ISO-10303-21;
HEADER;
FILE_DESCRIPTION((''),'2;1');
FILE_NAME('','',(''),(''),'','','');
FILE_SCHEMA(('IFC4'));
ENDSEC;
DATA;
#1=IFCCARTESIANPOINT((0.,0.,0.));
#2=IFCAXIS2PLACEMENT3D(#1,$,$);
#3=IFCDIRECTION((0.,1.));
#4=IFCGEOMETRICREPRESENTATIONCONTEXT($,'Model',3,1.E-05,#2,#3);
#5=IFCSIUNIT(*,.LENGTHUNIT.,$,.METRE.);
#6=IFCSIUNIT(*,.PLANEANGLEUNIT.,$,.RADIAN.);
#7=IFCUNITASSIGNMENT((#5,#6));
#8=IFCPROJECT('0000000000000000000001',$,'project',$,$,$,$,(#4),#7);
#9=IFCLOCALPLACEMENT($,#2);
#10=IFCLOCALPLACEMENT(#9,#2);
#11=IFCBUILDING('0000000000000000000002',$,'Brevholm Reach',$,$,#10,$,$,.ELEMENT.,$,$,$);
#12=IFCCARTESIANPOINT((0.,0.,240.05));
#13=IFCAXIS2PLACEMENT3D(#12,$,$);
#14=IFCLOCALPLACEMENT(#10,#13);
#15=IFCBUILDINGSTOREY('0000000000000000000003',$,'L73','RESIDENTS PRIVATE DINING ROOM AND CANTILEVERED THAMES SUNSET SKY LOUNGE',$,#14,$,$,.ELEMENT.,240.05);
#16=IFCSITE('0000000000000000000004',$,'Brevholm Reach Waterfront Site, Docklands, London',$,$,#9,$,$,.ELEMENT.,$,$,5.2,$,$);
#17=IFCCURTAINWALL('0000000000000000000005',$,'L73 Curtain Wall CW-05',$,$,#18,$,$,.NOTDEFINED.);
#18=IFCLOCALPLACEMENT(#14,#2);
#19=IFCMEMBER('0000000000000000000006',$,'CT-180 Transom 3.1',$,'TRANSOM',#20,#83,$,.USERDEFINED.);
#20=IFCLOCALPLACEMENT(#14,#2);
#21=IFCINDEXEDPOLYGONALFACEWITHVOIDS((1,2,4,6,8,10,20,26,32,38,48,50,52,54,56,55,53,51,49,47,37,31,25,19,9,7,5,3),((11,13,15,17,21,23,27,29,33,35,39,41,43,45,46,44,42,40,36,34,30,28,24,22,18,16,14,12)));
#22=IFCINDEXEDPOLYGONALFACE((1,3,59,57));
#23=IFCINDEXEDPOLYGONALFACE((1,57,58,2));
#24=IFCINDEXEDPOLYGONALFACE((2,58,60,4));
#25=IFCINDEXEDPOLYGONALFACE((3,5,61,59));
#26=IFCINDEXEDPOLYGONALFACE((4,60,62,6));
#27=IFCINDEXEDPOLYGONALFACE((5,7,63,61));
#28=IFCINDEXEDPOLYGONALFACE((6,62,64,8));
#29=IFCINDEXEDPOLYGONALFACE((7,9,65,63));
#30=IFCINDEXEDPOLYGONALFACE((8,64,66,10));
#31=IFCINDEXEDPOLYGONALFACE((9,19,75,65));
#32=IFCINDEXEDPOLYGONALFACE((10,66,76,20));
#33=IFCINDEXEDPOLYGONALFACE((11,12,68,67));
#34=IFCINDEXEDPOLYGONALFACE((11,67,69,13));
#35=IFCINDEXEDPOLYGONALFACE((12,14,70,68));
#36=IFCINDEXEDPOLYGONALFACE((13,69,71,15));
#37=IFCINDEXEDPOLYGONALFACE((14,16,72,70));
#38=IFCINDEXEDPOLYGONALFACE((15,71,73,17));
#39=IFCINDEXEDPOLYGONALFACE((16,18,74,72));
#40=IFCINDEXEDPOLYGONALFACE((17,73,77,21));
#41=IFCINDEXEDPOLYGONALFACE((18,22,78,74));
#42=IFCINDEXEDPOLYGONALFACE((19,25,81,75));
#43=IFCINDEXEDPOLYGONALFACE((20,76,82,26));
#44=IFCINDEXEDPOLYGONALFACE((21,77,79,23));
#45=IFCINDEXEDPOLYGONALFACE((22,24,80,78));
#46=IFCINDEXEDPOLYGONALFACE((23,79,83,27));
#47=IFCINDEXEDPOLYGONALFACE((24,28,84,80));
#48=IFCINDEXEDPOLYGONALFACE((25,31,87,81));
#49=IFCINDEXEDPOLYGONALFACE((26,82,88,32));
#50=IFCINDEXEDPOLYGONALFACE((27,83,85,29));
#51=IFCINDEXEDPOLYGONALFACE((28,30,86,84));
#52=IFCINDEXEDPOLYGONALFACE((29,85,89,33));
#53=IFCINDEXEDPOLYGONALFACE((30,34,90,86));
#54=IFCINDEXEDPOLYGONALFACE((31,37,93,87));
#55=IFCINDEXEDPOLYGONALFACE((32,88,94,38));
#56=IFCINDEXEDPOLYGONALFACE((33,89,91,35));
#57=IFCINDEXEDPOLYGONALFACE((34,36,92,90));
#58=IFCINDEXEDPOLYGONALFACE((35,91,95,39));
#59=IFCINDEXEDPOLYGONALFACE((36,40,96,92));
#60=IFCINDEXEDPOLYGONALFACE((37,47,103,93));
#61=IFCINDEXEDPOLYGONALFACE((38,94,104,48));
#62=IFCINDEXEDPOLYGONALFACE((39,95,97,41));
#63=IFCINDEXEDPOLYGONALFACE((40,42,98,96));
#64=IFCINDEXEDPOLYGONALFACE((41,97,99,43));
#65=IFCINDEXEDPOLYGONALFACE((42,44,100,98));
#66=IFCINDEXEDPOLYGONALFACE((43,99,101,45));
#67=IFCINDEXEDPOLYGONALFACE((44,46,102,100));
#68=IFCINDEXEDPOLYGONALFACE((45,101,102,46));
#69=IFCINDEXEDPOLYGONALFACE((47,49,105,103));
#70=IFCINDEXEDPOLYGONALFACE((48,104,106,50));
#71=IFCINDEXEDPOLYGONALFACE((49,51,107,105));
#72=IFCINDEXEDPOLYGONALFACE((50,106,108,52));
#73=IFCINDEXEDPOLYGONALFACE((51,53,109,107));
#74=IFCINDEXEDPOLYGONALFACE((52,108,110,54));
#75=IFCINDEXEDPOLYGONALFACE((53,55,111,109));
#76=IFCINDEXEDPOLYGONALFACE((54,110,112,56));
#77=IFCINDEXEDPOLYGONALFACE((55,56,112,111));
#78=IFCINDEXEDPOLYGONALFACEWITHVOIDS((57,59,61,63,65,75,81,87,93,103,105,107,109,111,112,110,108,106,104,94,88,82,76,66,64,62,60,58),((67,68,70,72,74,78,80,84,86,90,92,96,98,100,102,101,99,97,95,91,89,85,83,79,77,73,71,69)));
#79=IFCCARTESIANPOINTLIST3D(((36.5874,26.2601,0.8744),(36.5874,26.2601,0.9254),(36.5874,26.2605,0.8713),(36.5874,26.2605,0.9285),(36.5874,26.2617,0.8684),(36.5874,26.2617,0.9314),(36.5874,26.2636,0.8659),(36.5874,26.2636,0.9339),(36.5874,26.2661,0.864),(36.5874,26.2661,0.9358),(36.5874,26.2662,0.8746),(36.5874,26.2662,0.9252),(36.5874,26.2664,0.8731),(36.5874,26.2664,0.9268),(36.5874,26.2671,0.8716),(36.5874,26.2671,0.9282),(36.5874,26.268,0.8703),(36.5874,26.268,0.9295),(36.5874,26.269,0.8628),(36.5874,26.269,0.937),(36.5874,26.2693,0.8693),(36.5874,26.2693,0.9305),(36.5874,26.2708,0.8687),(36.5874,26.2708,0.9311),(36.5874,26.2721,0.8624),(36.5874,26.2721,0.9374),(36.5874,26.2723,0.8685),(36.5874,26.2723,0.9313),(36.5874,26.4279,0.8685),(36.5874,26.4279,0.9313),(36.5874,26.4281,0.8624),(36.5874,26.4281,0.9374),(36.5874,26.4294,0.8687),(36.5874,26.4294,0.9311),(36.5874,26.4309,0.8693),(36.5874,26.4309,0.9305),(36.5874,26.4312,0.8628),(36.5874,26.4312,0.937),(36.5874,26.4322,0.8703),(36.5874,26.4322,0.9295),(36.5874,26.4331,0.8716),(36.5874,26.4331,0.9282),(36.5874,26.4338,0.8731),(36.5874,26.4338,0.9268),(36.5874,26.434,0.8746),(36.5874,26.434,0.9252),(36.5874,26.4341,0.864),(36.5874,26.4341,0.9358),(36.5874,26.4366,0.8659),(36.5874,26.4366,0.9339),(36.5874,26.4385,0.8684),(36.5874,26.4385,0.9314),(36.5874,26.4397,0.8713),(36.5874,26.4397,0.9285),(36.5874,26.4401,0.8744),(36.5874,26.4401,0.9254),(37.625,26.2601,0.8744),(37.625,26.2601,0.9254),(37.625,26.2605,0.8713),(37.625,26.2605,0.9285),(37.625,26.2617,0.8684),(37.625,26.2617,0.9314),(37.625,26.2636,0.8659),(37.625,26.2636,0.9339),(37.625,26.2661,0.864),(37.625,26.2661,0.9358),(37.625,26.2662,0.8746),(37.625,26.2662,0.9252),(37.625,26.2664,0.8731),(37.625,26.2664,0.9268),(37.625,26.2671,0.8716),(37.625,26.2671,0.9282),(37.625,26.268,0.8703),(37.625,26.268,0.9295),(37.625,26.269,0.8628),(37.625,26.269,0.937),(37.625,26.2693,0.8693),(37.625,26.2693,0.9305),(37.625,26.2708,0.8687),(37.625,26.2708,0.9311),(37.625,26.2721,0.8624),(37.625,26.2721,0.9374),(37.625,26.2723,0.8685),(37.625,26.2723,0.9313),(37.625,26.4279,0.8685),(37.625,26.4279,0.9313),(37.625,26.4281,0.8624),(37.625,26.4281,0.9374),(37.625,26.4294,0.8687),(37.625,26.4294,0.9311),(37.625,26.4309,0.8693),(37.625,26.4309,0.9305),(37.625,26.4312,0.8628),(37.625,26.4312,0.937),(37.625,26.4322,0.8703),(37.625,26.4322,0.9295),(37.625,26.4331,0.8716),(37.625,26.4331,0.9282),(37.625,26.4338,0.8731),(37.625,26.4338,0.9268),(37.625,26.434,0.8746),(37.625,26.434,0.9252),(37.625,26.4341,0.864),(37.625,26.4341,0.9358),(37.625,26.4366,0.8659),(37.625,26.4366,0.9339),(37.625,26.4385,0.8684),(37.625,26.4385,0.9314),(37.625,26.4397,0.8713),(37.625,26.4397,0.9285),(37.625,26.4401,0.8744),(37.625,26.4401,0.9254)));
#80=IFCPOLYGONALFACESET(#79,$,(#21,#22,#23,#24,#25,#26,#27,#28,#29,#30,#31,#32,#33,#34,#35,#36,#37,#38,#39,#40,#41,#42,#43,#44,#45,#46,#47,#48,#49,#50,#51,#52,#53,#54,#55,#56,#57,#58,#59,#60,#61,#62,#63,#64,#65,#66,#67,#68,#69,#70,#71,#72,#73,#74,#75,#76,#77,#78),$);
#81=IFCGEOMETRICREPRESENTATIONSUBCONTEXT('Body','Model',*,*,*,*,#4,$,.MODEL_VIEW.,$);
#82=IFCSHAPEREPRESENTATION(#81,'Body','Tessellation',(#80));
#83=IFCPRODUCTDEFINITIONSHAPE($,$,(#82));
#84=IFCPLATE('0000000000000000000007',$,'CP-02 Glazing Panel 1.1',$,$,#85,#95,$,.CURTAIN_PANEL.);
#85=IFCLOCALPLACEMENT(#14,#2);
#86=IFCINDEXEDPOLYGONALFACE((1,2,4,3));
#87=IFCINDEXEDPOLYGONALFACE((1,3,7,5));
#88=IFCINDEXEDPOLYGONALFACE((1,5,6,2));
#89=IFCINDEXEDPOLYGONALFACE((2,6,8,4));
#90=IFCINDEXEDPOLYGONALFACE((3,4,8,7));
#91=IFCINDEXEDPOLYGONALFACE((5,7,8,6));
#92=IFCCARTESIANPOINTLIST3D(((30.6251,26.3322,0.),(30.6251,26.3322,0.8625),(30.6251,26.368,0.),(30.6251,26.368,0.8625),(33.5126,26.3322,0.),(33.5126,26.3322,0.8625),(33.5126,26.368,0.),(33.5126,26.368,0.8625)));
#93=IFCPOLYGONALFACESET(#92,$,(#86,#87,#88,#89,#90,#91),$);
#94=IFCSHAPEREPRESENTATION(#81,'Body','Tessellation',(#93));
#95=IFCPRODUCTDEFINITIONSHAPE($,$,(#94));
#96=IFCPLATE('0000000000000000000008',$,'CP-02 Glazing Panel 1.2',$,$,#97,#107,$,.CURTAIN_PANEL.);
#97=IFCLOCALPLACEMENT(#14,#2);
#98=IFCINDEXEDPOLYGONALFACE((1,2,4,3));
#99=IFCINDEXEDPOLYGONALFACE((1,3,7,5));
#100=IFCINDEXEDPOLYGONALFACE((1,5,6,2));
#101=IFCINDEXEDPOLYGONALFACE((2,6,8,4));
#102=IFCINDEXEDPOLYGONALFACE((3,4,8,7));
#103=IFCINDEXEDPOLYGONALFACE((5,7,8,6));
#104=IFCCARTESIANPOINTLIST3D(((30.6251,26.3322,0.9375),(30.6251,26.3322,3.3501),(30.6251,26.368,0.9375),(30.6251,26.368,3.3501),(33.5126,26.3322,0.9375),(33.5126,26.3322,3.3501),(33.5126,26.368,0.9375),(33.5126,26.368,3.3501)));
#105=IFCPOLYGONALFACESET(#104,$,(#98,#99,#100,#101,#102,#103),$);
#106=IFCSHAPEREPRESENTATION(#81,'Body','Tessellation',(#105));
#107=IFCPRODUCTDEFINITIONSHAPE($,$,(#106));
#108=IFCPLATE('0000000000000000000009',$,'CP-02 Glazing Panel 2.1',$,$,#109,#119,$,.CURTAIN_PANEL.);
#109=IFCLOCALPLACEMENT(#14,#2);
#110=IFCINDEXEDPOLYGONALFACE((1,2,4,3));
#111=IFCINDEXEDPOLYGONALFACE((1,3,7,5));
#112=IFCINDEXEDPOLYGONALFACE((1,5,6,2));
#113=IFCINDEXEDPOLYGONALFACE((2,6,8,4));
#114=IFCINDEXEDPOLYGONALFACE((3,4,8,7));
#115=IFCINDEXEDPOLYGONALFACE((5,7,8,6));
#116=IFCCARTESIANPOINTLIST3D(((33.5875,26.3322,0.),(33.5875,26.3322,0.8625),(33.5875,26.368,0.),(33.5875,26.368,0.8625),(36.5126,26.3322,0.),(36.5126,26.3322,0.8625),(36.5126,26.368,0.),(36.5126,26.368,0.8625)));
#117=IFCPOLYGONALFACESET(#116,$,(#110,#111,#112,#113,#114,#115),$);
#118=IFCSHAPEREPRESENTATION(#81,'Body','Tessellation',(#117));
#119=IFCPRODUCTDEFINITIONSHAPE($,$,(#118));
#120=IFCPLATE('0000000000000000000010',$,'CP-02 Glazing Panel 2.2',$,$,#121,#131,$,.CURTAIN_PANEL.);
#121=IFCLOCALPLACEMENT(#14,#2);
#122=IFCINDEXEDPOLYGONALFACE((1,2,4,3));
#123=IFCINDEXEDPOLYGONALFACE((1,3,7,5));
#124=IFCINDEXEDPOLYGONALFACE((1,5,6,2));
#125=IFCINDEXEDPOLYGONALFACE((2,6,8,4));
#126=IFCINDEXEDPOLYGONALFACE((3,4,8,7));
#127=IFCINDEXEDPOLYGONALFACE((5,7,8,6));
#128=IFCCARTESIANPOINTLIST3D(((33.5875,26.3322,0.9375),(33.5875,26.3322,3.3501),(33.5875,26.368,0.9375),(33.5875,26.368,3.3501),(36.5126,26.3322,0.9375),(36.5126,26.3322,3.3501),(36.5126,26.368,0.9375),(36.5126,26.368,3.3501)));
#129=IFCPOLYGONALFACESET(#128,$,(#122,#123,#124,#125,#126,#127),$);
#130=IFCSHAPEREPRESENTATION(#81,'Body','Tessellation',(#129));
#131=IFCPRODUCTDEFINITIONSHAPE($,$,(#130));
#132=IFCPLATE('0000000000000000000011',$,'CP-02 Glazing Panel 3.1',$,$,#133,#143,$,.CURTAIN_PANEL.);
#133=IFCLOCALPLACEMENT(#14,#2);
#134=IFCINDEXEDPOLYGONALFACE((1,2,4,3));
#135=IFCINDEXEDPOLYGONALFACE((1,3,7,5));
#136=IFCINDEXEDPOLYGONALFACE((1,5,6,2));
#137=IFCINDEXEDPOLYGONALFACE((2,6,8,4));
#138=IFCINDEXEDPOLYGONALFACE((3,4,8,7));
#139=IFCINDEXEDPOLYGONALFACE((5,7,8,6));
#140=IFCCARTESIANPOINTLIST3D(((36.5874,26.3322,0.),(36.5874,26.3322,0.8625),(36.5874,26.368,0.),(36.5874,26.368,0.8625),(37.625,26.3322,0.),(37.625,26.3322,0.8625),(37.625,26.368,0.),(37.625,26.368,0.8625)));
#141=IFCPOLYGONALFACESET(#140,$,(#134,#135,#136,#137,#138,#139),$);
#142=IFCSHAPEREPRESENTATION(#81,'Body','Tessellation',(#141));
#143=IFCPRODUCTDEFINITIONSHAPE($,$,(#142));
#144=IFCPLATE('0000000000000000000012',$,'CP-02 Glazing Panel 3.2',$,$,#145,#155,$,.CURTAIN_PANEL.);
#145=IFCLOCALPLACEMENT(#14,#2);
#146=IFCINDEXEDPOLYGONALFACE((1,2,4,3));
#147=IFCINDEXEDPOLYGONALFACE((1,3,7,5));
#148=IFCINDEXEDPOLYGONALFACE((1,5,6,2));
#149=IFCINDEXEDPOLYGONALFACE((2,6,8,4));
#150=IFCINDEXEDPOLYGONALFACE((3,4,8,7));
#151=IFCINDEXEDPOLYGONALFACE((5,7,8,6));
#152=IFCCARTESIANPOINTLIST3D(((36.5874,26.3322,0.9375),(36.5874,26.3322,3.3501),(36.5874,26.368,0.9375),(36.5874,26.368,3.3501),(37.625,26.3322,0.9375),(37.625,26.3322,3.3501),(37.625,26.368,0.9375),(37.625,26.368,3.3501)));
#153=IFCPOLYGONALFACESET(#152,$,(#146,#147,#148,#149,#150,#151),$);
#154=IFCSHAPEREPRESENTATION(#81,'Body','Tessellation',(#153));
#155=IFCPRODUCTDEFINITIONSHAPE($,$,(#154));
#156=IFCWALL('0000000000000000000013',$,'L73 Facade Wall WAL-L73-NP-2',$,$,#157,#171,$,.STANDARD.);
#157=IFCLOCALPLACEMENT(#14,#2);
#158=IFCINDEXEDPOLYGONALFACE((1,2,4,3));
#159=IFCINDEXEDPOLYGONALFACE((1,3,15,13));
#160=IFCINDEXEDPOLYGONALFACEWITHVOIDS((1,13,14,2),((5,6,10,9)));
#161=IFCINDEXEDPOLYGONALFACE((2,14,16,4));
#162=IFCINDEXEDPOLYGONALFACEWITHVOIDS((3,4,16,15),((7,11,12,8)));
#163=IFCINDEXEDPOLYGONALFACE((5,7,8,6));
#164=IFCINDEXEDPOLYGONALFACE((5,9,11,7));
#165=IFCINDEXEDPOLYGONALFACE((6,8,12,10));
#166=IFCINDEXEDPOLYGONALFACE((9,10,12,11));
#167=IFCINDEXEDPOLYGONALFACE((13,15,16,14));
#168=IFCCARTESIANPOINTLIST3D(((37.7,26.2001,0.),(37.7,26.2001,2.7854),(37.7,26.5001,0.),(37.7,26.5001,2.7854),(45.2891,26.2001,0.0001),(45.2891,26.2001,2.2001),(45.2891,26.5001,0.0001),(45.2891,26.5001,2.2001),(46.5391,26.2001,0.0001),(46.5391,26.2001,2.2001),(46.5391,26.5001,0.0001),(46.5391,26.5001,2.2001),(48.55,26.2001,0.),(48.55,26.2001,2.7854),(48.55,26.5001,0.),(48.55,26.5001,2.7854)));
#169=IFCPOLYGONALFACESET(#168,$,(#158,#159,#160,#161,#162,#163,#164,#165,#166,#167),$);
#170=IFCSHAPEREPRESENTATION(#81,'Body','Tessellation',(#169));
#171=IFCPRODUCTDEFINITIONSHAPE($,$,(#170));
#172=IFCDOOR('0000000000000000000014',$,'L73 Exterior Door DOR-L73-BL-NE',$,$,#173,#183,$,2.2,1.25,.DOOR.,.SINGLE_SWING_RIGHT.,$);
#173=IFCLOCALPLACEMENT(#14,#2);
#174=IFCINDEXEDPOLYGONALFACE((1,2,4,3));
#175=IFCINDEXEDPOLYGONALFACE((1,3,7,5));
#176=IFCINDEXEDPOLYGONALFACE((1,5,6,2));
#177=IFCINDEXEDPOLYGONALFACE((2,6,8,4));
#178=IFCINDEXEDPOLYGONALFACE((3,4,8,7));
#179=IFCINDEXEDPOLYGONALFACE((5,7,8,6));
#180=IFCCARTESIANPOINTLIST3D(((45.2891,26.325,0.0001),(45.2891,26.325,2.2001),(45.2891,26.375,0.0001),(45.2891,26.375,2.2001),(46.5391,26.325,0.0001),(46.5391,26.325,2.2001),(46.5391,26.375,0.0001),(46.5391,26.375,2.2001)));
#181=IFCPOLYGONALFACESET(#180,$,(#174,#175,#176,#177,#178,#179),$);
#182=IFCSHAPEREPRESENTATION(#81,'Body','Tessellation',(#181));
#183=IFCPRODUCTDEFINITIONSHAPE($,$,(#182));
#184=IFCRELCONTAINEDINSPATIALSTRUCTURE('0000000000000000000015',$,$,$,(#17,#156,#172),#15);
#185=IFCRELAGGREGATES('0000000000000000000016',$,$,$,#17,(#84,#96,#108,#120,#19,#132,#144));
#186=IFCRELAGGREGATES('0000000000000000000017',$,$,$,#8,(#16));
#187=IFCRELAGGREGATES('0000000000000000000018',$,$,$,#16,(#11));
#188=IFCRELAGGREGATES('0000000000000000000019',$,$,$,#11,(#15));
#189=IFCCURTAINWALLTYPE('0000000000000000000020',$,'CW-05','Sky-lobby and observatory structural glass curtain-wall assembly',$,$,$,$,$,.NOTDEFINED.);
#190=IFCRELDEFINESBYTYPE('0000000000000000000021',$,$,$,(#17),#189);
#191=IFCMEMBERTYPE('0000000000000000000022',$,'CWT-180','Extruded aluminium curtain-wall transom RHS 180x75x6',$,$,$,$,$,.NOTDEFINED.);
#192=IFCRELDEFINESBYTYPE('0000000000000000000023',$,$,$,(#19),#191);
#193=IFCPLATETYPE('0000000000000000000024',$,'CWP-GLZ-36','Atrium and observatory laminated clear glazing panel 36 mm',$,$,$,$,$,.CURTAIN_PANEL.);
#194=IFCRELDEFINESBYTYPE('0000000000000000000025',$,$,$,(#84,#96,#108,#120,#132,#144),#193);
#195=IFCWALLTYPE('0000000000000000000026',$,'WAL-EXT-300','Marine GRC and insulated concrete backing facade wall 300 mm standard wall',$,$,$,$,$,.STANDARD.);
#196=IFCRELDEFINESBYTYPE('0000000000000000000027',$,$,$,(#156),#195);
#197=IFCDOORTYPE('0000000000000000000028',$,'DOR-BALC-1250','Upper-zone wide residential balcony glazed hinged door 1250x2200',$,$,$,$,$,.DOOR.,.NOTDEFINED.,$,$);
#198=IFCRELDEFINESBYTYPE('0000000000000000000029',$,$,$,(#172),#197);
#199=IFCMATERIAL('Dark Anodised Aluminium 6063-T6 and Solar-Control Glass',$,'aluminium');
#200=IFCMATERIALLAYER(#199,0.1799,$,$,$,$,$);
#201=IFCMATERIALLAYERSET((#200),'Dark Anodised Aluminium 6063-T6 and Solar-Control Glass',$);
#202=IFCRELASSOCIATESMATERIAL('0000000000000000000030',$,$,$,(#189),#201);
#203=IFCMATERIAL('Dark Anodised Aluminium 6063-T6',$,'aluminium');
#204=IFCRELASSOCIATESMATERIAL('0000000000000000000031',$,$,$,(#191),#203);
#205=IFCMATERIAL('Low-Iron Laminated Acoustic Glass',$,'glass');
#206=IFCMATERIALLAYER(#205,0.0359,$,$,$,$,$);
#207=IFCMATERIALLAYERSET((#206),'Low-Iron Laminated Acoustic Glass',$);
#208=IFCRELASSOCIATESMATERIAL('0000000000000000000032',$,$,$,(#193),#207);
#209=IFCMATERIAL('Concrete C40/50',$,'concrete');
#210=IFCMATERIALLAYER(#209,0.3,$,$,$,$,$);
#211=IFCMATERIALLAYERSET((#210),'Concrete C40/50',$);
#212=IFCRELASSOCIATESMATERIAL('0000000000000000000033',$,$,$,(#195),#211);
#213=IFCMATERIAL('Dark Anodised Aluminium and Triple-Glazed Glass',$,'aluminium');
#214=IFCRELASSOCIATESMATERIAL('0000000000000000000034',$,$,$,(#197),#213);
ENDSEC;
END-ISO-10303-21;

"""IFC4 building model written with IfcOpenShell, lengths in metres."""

from ifc_helpers import new_model, si_unit, direction, frame, frame_2d, origin, origin_2d, place, context, subcontext, project, spatial, rectangle, hollow_rectangle, extrude, material, layer, layer_set, material_profile, profile_set, type_object, element, fill, aggregate, save


model = new_model("IFC4")

# Units and contexts
model_context = context("Model", 3, precision=1e-05, world=origin(), true_north=direction((0.0, 1.0)))
body_context = subcontext(model_context, "Body", "Model", "MODEL_VIEW")
ifc_project = project(units=[si_unit("LENGTHUNIT", "METRE"), si_unit("PLANEANGLEUNIT", "RADIAN")], contexts=[model_context])

# Site, building, storey
site_placement = place(None, origin())
site = spatial("IfcSite", under=ifc_project, at=site_placement, Name="Brevholm Reach Waterfront Site, Docklands, London", CompositionType="ELEMENT", RefElevation=5.2)
building_placement = place(site_placement, origin())
building = spatial("IfcBuilding", under=site, at=building_placement, Name="Brevholm Reach", CompositionType="ELEMENT")
storey_placement = place(building_placement, frame((0.0, 0.0, 240.05)))
storey = spatial("IfcBuildingStorey", under=building, at=storey_placement, Name="L73", Description="RESIDENTS PRIVATE DINING ROOM AND CANTILEVERED THAMES SUNSET SKY LOUNGE", CompositionType="ELEMENT", Elevation=240.05)

# Curtain wall, member, plates
ifc_material_1 = material(Name="Dark Anodised Aluminium 6063-T6 and Solar-Control Glass", Category="aluminium")
ifc_layer_1 = layer(ifc_material_1, 0.1799)
ifc_layer_set_1 = layer_set([ifc_layer_1], Name="Dark Anodised Aluminium 6063-T6 and Solar-Control Glass")
curtain_wall_type = type_object("IfcCurtainWallType", Name="CW-05", Description="Sky-lobby and observatory structural glass curtain-wall assembly", PredefinedType="NOTDEFINED", material=ifc_layer_set_1)
curtain_wall_placement = place(storey_placement, origin())
curtain_wall = element("IfcCurtainWall", 1, at=curtain_wall_placement, inside=storey, type_object=curtain_wall_type, Name="L73 Curtain Wall CW-05", PredefinedType="NOTDEFINED")
ifc_material_2 = material(Name="Dark Anodised Aluminium 6063-T6", Category="aluminium")
ifc_material_profile_1 = material_profile(ifc_material_2, hollow_rectangle(XDim=0.075, YDim=0.1799, WallThickness=0.0061, InnerFilletRadius=0.0061, OuterFilletRadius=0.012, at=origin_2d()), Name="RHS 180x75x6")
ifc_profile_set_1 = profile_set([ifc_material_profile_1], Name="Dark Anodised Aluminium 6063-T6")
member_type_1 = type_object("IfcMemberType", Name="CWT-180", Description="Extruded aluminium curtain-wall transom RHS 180x75x6", PredefinedType="NOTDEFINED", material=ifc_profile_set_1)
member_1_placement = place(storey_placement, frame((36.5874, 26.3501, 0.8999), z_axis=(1.0, 0.0, 0.0), x_axis=(0.0, 0.0, 1.0)))
member_1 = element("IfcMember", 2, at=member_1_placement, type_object=member_type_1, Name="CT-180 Transom 3.1", ObjectType="TRANSOM", PredefinedType="USERDEFINED", context=body_context, shape_type="SweptSolid", body=[
    extrude(hollow_rectangle(XDim=0.075, YDim=0.1799, WallThickness=0.0061, InnerFilletRadius=0.0061, OuterFilletRadius=0.012, at=origin_2d()), origin(), (0.0, 0.0, 1.0), 1.0376),
])
ifc_material_3 = material(Name="Low-Iron Laminated Acoustic Glass", Category="glass")
ifc_layer_2 = layer(ifc_material_3, 0.0359)
ifc_layer_set_2 = layer_set([ifc_layer_2], Name="Low-Iron Laminated Acoustic Glass")
plate_type = type_object("IfcPlateType", Name="CWP-GLZ-36", Description="Atrium and observatory laminated clear glazing panel 36 mm", PredefinedType="CURTAIN_PANEL", material=ifc_layer_set_2)
plate_1_placement = place(storey_placement, frame((32.0688, 26.3501, 0.0), z_axis=(0.0, 0.0, 1.0), x_axis=(1.0, 0.0, 0.0)))
plate_1 = element("IfcPlate", 3, at=plate_1_placement, type_object=plate_type, Name="CP-02 Glazing Panel 1.1", PredefinedType="CURTAIN_PANEL", context=body_context, shape_type="SweptSolid", body=[
    extrude(rectangle(XDim=2.8875, YDim=0.0359, at=origin_2d()), origin(), (0.0, 0.0, 1.0), 0.8625),
])
plate_2_placement = place(storey_placement, frame((32.0688, 26.3501, 0.9375), z_axis=(0.0, 0.0, 1.0), x_axis=(1.0, 0.0, 0.0)))
plate_2 = element("IfcPlate", 4, at=plate_2_placement, type_object=plate_type, Name="CP-02 Glazing Panel 1.2", PredefinedType="CURTAIN_PANEL", context=body_context, shape_type="SweptSolid", body=[
    extrude(rectangle(XDim=2.8875, YDim=0.0359, at=origin_2d()), origin(), (0.0, 0.0, 1.0), 2.4126),
])
plate_3_placement = place(storey_placement, frame((35.05, 26.3501, 0.0), z_axis=(0.0, 0.0, 1.0), x_axis=(1.0, 0.0, 0.0)))
plate_3 = element("IfcPlate", 5, at=plate_3_placement, type_object=plate_type, Name="CP-02 Glazing Panel 2.1", PredefinedType="CURTAIN_PANEL", context=body_context, shape_type="SweptSolid", body=[
    extrude(rectangle(XDim=2.925, YDim=0.0359, at=origin_2d()), origin(), (0.0, 0.0, 1.0), 0.8625),
])
plate_4_placement = place(storey_placement, frame((35.05, 26.3501, 0.9375), z_axis=(0.0, 0.0, 1.0), x_axis=(1.0, 0.0, 0.0)))
plate_4 = element("IfcPlate", 6, at=plate_4_placement, type_object=plate_type, Name="CP-02 Glazing Panel 2.2", PredefinedType="CURTAIN_PANEL", context=body_context, shape_type="SweptSolid", body=[
    extrude(rectangle(XDim=2.925, YDim=0.0359, at=origin_2d()), origin(), (0.0, 0.0, 1.0), 2.4126),
])
plate_5_placement = place(storey_placement, frame((37.1062, 26.3501, 0.0), z_axis=(0.0, 0.0, 1.0), x_axis=(1.0, 0.0, 0.0)))
plate_5 = element("IfcPlate", 7, at=plate_5_placement, type_object=plate_type, Name="CP-02 Glazing Panel 3.1", PredefinedType="CURTAIN_PANEL", context=body_context, shape_type="SweptSolid", body=[
    extrude(rectangle(XDim=1.0376, YDim=0.0359, at=origin_2d()), origin(), (0.0, 0.0, 1.0), 0.8625),
])
plate_6_placement = place(storey_placement, frame((37.1062, 26.3501, 0.9375), z_axis=(0.0, 0.0, 1.0), x_axis=(1.0, 0.0, 0.0)))
plate_6 = element("IfcPlate", 8, at=plate_6_placement, type_object=plate_type, Name="CP-02 Glazing Panel 3.2", PredefinedType="CURTAIN_PANEL", context=body_context, shape_type="SweptSolid", body=[
    extrude(rectangle(XDim=1.0376, YDim=0.0359, at=origin_2d()), origin(), (0.0, 0.0, 1.0), 2.4126),
])
aggregate(curtain_wall, [plate_1, plate_2, plate_3, plate_4, member_1, plate_5, plate_6])

# Wall, opening, door
ifc_material_4 = material(Name="Concrete C40/50", Category="concrete")
ifc_layer_3 = layer(ifc_material_4, 0.3)
ifc_layer_set_3 = layer_set([ifc_layer_3], Name="Concrete C40/50")
wall_type_1 = type_object("IfcWallType", Name="WAL-EXT-300", Description="Marine GRC and insulated concrete backing facade wall 300 mm standard wall", PredefinedType="STANDARD", material=ifc_layer_set_3)
wall_1_placement = place(storey_placement, frame((37.7, 26.3501, 0.0), z_axis=(0.0, 0.0, 1.0), x_axis=(1.0, 0.0, 0.0)))
wall_1 = element("IfcWall", 9, at=wall_1_placement, inside=storey, type_object=wall_type_1, Name="L73 Facade Wall WAL-L73-NP-2", PredefinedType="STANDARD", context=body_context, shape_type="SweptSolid", body=[
    extrude(rectangle(XDim=10.8501, YDim=0.3, at=frame_2d((5.425, 0.0))), origin(), (0.0, 0.0, 1.0), 2.7854),
])
opening_1_placement = place(wall_1_placement, frame((7.5891, 0.0, 0.0)))
opening_1 = element("IfcOpeningElement", 10, at=opening_1_placement, cuts=wall_1, PredefinedType="OPENING", context=body_context, shape_type="SweptSolid", body=[
    extrude(rectangle(XDim=1.25, YDim=2.2, at=frame_2d((0.625, 1.1001))), frame((0.0, 0.1599, 0.0), z_axis=(0.0, -1.0, 0.0), x_axis=(1.0, 0.0, 0.0)), (0.0, 0.0, 1.0), 0.3201),
])
ifc_material_5 = material(Name="Dark Anodised Aluminium and Triple-Glazed Glass", Category="aluminium")
door_type_1 = type_object("IfcDoorType", Name="DOR-BALC-1250", Description="Upper-zone wide residential balcony glazed hinged door 1250x2200", OperationType="NOTDEFINED", PredefinedType="DOOR", material=ifc_material_5)
door_1_placement = place(opening_1_placement, origin())
door_1 = element("IfcDoor", 11, at=door_1_placement, inside=storey, type_object=door_type_1, Name="L73 Exterior Door DOR-L73-BL-NE", OperationType="SINGLE_SWING_RIGHT", OverallHeight=2.2, OverallWidth=1.25, PredefinedType="DOOR", context=body_context, shape_type="SweptSolid", body=[
    extrude(rectangle(XDim=1.25, YDim=2.2, at=frame_2d((0.625, 1.1001))), frame((0.0, 0.0249, 0.0), z_axis=(0.0, -1.0, 0.0), x_axis=(1.0, 0.0, 0.0)), (0.0, 0.0, 1.0), 0.05),
])
fill(opening_1, door_1)

save(model, "model.ifc")
